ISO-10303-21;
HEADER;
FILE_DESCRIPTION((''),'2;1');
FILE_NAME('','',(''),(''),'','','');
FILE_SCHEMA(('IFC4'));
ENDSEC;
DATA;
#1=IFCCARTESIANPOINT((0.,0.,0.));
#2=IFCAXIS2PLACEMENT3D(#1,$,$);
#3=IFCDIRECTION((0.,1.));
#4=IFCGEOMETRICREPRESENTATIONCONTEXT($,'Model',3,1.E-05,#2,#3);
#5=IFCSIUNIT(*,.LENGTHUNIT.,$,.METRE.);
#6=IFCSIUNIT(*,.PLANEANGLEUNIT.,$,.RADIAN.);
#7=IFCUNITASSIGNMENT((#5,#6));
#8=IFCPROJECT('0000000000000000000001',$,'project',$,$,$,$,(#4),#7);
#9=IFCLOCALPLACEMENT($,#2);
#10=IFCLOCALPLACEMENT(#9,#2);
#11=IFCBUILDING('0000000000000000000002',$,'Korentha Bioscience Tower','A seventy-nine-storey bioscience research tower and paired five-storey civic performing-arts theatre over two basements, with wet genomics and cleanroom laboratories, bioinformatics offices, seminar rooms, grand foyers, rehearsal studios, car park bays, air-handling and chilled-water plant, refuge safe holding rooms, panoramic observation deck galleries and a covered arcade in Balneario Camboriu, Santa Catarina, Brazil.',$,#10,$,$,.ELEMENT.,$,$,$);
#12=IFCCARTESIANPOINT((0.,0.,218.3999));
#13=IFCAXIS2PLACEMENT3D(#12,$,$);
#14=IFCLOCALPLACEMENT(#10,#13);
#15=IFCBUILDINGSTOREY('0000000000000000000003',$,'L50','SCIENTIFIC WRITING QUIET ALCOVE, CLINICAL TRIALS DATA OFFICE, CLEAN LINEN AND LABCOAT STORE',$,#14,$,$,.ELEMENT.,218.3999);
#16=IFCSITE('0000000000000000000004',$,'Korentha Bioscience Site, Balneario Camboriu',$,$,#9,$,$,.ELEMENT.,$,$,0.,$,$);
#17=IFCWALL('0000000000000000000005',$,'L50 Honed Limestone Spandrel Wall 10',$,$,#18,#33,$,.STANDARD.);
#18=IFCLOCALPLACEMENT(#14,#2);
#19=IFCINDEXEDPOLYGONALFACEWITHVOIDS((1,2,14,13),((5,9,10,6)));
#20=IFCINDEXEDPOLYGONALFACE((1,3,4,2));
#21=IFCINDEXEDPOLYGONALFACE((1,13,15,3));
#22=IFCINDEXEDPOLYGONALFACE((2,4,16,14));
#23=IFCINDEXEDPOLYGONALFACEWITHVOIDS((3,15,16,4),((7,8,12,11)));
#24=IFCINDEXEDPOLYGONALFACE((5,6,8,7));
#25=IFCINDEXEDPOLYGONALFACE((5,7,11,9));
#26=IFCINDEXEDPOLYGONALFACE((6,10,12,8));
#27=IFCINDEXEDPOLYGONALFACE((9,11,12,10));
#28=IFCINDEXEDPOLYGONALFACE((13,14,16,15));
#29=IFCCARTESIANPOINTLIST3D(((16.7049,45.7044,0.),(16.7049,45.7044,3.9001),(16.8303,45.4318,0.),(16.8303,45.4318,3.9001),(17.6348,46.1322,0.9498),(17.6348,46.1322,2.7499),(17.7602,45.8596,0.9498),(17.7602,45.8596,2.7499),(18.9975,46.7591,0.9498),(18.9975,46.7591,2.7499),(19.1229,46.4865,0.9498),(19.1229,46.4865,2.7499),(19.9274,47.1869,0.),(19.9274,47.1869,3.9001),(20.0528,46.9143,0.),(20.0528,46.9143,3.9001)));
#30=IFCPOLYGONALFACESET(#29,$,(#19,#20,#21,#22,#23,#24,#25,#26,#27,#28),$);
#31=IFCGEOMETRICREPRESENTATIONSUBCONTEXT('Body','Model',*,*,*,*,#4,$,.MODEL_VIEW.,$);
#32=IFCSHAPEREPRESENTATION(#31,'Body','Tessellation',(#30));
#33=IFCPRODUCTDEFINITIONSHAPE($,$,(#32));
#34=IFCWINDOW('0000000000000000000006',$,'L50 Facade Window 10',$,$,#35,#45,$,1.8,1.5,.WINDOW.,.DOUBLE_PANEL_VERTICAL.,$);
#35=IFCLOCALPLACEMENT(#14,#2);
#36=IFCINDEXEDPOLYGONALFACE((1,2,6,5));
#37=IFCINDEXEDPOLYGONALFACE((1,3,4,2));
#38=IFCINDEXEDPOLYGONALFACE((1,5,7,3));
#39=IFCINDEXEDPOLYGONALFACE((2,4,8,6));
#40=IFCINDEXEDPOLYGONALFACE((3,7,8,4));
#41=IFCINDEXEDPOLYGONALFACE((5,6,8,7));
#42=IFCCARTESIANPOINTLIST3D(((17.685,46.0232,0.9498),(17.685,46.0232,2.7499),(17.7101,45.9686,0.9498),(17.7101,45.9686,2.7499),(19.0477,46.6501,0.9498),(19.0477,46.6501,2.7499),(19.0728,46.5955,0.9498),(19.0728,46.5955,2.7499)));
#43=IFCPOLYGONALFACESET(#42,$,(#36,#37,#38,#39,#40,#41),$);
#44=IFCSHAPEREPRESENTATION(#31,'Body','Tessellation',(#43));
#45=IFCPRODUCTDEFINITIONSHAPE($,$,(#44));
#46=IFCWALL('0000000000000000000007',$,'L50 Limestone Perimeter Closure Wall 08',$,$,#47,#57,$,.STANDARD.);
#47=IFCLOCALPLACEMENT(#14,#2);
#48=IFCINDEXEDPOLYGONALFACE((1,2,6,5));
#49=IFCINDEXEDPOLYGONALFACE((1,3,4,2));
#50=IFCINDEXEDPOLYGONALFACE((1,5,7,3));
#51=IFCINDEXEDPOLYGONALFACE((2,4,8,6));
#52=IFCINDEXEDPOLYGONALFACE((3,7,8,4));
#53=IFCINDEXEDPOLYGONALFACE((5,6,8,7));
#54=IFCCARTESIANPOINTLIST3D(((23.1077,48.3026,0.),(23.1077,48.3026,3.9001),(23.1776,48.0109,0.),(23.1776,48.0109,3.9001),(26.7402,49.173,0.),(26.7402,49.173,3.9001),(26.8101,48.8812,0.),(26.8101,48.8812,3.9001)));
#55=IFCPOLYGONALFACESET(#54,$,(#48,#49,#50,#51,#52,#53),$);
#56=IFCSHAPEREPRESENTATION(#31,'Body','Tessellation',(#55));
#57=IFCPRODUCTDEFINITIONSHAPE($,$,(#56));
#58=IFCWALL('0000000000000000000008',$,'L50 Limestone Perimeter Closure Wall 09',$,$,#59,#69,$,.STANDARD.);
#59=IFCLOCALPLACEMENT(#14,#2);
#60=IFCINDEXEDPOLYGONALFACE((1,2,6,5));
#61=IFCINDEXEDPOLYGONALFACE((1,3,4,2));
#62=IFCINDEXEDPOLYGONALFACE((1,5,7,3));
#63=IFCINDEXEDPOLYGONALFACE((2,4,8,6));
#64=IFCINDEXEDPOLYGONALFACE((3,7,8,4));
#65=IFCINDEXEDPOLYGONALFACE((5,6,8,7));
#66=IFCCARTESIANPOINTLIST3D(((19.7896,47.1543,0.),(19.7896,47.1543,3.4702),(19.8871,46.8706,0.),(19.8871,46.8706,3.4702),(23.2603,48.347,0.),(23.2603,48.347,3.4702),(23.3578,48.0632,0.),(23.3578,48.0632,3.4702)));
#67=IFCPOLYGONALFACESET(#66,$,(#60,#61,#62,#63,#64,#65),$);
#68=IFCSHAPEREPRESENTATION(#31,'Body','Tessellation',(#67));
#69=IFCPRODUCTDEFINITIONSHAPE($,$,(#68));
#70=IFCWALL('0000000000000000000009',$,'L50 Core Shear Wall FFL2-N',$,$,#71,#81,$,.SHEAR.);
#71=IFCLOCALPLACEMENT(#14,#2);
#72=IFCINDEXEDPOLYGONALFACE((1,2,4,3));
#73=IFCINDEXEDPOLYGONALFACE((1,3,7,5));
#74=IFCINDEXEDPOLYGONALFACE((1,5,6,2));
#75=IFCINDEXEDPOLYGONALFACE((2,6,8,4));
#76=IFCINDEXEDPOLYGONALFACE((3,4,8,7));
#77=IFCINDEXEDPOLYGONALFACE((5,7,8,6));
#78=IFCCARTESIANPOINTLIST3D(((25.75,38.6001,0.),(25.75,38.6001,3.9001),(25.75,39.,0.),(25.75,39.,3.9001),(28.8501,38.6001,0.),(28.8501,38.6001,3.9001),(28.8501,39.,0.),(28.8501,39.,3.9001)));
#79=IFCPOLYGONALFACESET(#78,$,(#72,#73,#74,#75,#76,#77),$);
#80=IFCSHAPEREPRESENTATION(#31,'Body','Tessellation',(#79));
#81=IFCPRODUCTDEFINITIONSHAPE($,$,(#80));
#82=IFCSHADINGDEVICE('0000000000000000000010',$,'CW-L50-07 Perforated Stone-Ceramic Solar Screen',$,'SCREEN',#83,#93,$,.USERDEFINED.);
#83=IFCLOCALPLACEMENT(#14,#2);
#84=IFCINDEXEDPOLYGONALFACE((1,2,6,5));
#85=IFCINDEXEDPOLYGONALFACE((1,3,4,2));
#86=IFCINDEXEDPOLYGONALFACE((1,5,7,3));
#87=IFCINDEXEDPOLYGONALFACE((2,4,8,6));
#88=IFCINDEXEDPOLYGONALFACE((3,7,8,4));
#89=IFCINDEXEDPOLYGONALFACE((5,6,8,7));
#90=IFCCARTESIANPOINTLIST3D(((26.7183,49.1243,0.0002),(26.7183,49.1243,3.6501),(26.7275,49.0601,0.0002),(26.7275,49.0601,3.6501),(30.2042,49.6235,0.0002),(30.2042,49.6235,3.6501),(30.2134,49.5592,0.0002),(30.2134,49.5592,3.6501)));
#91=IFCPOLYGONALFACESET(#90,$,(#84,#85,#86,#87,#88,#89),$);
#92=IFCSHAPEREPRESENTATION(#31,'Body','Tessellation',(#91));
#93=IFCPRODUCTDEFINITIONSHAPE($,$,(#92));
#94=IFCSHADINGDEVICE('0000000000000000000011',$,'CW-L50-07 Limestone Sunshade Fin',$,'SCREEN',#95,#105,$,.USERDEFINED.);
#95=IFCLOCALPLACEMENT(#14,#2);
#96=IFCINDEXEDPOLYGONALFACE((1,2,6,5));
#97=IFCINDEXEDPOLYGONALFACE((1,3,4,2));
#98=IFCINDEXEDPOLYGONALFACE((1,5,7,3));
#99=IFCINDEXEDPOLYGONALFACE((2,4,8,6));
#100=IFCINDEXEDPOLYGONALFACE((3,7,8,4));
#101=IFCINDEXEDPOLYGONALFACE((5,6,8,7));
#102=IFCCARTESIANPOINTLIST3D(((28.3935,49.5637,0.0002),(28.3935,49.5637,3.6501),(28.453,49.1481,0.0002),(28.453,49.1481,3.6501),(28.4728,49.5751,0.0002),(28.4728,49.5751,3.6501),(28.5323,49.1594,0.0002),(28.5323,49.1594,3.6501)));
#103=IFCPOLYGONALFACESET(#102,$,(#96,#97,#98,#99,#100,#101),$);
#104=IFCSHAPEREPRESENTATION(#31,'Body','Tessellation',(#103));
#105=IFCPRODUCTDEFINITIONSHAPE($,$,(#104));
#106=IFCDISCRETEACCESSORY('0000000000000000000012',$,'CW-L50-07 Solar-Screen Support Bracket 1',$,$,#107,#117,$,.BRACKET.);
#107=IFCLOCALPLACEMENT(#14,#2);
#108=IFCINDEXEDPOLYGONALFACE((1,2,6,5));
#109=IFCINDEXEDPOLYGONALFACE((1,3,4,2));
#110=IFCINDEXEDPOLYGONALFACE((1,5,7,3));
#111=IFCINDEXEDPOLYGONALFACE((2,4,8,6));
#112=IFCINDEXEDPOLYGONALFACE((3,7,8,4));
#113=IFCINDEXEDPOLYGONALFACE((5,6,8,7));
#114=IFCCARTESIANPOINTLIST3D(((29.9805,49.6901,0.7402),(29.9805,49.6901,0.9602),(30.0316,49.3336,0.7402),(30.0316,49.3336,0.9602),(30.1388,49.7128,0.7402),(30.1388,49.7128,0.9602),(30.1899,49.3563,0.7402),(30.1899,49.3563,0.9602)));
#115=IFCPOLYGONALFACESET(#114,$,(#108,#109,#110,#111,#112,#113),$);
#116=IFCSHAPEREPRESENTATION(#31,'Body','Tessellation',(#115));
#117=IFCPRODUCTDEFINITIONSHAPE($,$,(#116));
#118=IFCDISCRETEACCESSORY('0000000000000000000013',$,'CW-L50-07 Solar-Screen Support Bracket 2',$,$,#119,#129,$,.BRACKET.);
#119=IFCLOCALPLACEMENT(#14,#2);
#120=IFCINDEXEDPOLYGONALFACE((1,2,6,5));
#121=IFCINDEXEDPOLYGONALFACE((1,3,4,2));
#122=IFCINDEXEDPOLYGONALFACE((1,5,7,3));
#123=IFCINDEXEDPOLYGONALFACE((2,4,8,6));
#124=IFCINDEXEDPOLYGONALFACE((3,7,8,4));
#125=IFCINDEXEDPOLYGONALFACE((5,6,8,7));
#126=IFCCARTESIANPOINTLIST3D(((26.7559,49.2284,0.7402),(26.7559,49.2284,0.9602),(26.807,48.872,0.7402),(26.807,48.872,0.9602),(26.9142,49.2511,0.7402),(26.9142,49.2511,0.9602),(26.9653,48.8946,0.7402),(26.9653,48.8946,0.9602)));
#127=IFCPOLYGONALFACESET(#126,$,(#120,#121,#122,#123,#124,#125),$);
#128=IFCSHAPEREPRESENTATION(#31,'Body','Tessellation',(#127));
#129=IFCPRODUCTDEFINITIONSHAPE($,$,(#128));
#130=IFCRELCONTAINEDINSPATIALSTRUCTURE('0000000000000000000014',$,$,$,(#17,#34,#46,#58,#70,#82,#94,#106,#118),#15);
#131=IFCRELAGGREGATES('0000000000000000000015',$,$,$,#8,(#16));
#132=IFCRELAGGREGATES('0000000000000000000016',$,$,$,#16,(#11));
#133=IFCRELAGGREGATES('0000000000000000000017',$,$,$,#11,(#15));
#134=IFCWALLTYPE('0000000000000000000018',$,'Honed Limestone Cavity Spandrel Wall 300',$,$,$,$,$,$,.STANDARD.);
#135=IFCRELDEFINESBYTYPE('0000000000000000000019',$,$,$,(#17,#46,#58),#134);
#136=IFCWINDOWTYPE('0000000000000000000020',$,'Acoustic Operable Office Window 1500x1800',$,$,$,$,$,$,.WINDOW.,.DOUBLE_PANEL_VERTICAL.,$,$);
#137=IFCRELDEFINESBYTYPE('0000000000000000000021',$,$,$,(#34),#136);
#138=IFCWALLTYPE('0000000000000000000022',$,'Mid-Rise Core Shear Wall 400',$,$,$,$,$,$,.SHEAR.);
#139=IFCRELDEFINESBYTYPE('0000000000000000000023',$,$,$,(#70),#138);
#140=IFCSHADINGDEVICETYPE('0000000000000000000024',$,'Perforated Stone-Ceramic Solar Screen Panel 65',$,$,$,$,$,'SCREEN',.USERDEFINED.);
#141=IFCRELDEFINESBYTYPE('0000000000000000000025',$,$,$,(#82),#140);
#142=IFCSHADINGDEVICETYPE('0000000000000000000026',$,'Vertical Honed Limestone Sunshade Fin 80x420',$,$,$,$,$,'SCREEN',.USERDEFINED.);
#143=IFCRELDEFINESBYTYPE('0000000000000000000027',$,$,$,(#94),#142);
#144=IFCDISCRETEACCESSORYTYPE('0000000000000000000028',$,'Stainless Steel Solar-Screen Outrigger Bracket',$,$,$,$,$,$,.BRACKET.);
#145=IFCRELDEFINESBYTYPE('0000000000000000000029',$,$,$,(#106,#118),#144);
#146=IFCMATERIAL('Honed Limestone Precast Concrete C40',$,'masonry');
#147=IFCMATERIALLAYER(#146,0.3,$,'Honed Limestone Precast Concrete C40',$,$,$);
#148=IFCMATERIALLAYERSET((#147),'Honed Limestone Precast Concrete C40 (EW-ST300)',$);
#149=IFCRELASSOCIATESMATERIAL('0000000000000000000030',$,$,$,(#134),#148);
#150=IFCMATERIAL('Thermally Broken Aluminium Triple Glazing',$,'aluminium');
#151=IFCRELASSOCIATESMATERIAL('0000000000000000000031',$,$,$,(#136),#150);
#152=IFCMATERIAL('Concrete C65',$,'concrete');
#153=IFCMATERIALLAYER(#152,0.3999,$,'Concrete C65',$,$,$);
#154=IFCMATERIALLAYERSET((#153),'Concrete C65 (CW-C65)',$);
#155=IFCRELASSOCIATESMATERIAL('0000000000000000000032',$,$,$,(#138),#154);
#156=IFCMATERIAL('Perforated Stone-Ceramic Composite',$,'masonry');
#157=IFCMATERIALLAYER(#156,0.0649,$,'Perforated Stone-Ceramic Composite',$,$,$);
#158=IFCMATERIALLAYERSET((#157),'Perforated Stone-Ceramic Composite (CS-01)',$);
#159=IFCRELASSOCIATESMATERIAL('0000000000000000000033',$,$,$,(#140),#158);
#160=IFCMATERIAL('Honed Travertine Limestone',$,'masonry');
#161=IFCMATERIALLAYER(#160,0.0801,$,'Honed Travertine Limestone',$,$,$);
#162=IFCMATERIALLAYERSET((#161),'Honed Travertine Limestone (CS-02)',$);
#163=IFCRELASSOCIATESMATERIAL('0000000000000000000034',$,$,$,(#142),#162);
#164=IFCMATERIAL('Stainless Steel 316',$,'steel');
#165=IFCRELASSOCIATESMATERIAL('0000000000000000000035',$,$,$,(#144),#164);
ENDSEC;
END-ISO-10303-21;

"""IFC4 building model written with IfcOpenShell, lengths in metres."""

from ifc_helpers import new_model, si_unit, direction, frame, frame_2d, origin, origin_2d, place, context, subcontext, project, spatial, rectangle, extrude, material, layer, layer_set, type_object, element, fill, save


model = new_model("IFC4")

# Units and contexts
model_context = context("Model", 3, precision=1e-05, world=origin(), true_north=direction((0.0, 1.0)))
body_context = subcontext(model_context, "Body", "Model", "MODEL_VIEW")
ifc_project = project(units=[si_unit("LENGTHUNIT", "METRE"), si_unit("PLANEANGLEUNIT", "RADIAN")], contexts=[model_context])

# Site, building, storey
site_placement = place(None, origin())
site = spatial("IfcSite", under=ifc_project, at=site_placement, Name="Korentha Bioscience Site, Balneario Camboriu", CompositionType="ELEMENT", RefElevation=0.0)
building_placement = place(site_placement, origin())
building = spatial("IfcBuilding", under=site, at=building_placement, Name="Korentha Bioscience Tower", Description="A seventy-nine-storey bioscience research tower and paired five-storey civic performing-arts theatre over two basements, with wet genomics and cleanroom laboratories, bioinformatics offices, seminar rooms, grand foyers, rehearsal studios, car park bays, air-handling and chilled-water plant, refuge safe holding rooms, panoramic observation deck galleries and a covered arcade in Balneario Camboriu, Santa Catarina, Brazil.", CompositionType="ELEMENT")
storey_placement = place(building_placement, frame((0.0, 0.0, 218.3999)))
storey = spatial("IfcBuildingStorey", under=building, at=storey_placement, Name="L50", Description="SCIENTIFIC WRITING QUIET ALCOVE, CLINICAL TRIALS DATA OFFICE, CLEAN LINEN AND LABCOAT STORE", CompositionType="ELEMENT", Elevation=218.3999)

# Shared definitions
ifc_material_1 = material(Name="Concrete C65", Category="concrete")

# Wall, opening, window
ifc_material_2 = material(Name="Honed Limestone Precast Concrete C40", Category="masonry")
ifc_layer_1 = layer(ifc_material_2, 0.3, Name="Honed Limestone Precast Concrete C40")
ifc_layer_set_1 = layer_set([ifc_layer_1], Name="Honed Limestone Precast Concrete C40 (EW-ST300)")
wall_type_1 = type_object("IfcWallType", Name="Honed Limestone Cavity Spandrel Wall 300", PredefinedType="STANDARD", material=ifc_layer_set_1)
wall_1_placement = place(storey_placement, frame((19.99, 47.0505, 0.0), z_axis=(0.0, 0.0, 1.0), x_axis=(-0.908478, -0.417932, 0.0)))
wall_1 = element("IfcWall", 1, at=wall_1_placement, inside=storey, type_object=wall_type_1, Name="L50 Honed Limestone Spandrel Wall 10", PredefinedType="STANDARD", context=body_context, shape_type="SweptSolid", body=[
    extrude(rectangle(XDim=3.5471, YDim=0.3, at=frame_2d((1.7734, 0.0))), origin(), (0.0, 0.0, 1.0), 3.9001),
])
opening_1_placement = place(wall_1_placement, frame((1.0234, 0.0, 0.95)))
opening_1 = element("IfcOpeningElement", 2, at=opening_1_placement, cuts=wall_1, PredefinedType="OPENING", context=body_context, shape_type="SweptSolid", body=[
    extrude(rectangle(XDim=1.5, YDim=1.8, at=frame_2d((0.75, 0.8999))), frame((0.0, 0.165, 0.0), z_axis=(0.0, -1.0, 0.0), x_axis=(1.0, 0.0, 0.0)), (0.0, 0.0, 1.0), 0.3298),
])
ifc_material_3 = material(Name="Thermally Broken Aluminium Triple Glazing", Category="aluminium")
window_type = type_object("IfcWindowType", Name="Acoustic Operable Office Window 1500x1800", PartitioningType="DOUBLE_PANEL_VERTICAL", PredefinedType="WINDOW", material=ifc_material_3)
window_placement = place(opening_1_placement, origin())
window = element("IfcWindow", 3, at=window_placement, inside=storey, type_object=window_type, Name="L50 Facade Window 10", OverallHeight=1.8, OverallWidth=1.5, PartitioningType="DOUBLE_PANEL_VERTICAL", PredefinedType="WINDOW", context=body_context, shape_type="SweptSolid", body=[
    extrude(rectangle(XDim=1.5, YDim=1.8, at=frame_2d((0.75, 0.8999))), frame((0.0, 0.03, 0.0), z_axis=(0.0, -1.0, 0.0), x_axis=(1.0, 0.0, 0.0)), (0.0, 0.0, 1.0), 0.0601),
])
fill(opening_1, window)

# Walls
wall_2_placement = place(storey_placement, frame((26.7751, 49.0271, 0.0), z_axis=(0.0, 0.0, 1.0), x_axis=(-0.972476, -0.233005, 0.0)))
element("IfcWall", 4, at=wall_2_placement, inside=storey, type_object=wall_type_1, Name="L50 Limestone Perimeter Closure Wall 08", PredefinedType="STANDARD", context=body_context, shape_type="SweptSolid", body=[
    extrude(rectangle(XDim=3.7354, YDim=0.3, at=frame_2d((1.8677, 0.0))), origin(), (0.0, 0.0, 1.0), 3.9001),
])
wall_3_placement = place(storey_placement, frame((23.3091, 48.2051, 0.0), z_axis=(0.0, 0.0, 1.0), x_axis=(-0.945722, -0.324976, 0.0)))
element("IfcWall", 5, at=wall_3_placement, inside=storey, type_object=wall_type_1, Name="L50 Limestone Perimeter Closure Wall 09", PredefinedType="STANDARD", context=body_context, shape_type="SweptSolid", body=[
    extrude(rectangle(XDim=3.6699, YDim=0.3, at=frame_2d((1.835, 0.0))), origin(), (0.0, 0.0, 1.0), 3.4702),
])
ifc_layer_2 = layer(ifc_material_1, 0.3999, Name="Concrete C65")
ifc_layer_set_2 = layer_set([ifc_layer_2], Name="Concrete C65 (CW-C65)")
wall_type_2 = type_object("IfcWallType", Name="Mid-Rise Core Shear Wall 400", PredefinedType="SHEAR", material=ifc_layer_set_2)
wall_4_placement = place(storey_placement, frame((25.75, 38.8, 0.0), z_axis=(0.0, 0.0, 1.0), x_axis=(1.0, 0.0, 0.0)))
element("IfcWall", 6, at=wall_4_placement, inside=storey, type_object=wall_type_2, Name="L50 Core Shear Wall FFL2-N", PredefinedType="SHEAR", context=body_context, shape_type="SweptSolid", body=[
    extrude(rectangle(XDim=3.1001, YDim=0.3999, at=frame_2d((1.55, 0.0))), origin(), (0.0, 0.0, 1.0), 3.9001),
])

# Shading devices
ifc_material_4 = material(Name="Perforated Stone-Ceramic Composite", Category="masonry")
ifc_layer_3 = layer(ifc_material_4, 0.0649, Name="Perforated Stone-Ceramic Composite")
ifc_layer_set_3 = layer_set([ifc_layer_3], Name="Perforated Stone-Ceramic Composite (CS-01)")
shading_device_type_1 = type_object("IfcShadingDeviceType", Name="Perforated Stone-Ceramic Solar Screen Panel 65", ElementType="SCREEN", PredefinedType="USERDEFINED", material=ifc_layer_set_3)
shading_device_1_placement = place(storey_placement, frame((28.4658, 49.3418, 0.0002), z_axis=(0.0, 0.0, 1.0), x_axis=(-0.989902, -0.141754, 0.0)))
element("IfcShadingDevice", 7, at=shading_device_1_placement, inside=storey, type_object=shading_device_type_1, Name="CW-L50-07 Perforated Stone-Ceramic Solar Screen", ObjectType="SCREEN", PredefinedType="USERDEFINED", context=body_context, shape_type="SweptSolid", body=[
    extrude(rectangle(XDim=3.5215, YDim=0.0649, at=origin_2d()), origin(), (0.0, 0.0, 1.0), 3.6499),
])
ifc_material_5 = material(Name="Honed Travertine Limestone", Category="masonry")
ifc_layer_4 = layer(ifc_material_5, 0.0801, Name="Honed Travertine Limestone")
ifc_layer_set_4 = layer_set([ifc_layer_4], Name="Honed Travertine Limestone (CS-02)")
shading_device_type_2 = type_object("IfcShadingDeviceType", Name="Vertical Honed Limestone Sunshade Fin 80x420", ElementType="SCREEN", PredefinedType="USERDEFINED", material=ifc_layer_set_4)
shading_device_2_placement = place(storey_placement, frame((28.4629, 49.3616, 0.0002), z_axis=(0.0, 0.0, 1.0), x_axis=(-0.989902, -0.141754, 0.0)))
element("IfcShadingDevice", 8, at=shading_device_2_placement, inside=storey, type_object=shading_device_type_2, Name="CW-L50-07 Limestone Sunshade Fin", ObjectType="SCREEN", PredefinedType="USERDEFINED", context=body_context, shape_type="SweptSolid", body=[
    extrude(rectangle(XDim=0.0801, YDim=0.4199, at=origin_2d()), origin(), (0.0, 0.0, 1.0), 3.6499),
])

# Discrete accessories
ifc_material_6 = material(Name="Stainless Steel 316", Category="steel")
discrete_accessory_type = type_object("IfcDiscreteAccessoryType", Name="Stainless Steel Solar-Screen Outrigger Bracket", PredefinedType="BRACKET", material=ifc_material_6)
for number, where, z_axis, x_axis, name in (
    (9, (30.0852, 49.5232, 0.7402), (0.0, 0.0, 1.0), (-0.989902, -0.141754, 0.0), "CW-L50-07 Solar-Screen Support Bracket 1"),
    (10, (26.8606, 49.0615, 0.7402), (0.0, 0.0, 1.0), (-0.989902, -0.141754, 0.0), "CW-L50-07 Solar-Screen Support Bracket 2"),
):
    element("IfcDiscreteAccessory", number, at=place(storey_placement, frame(where, z_axis=z_axis, x_axis=x_axis)), inside=storey, type_object=discrete_accessory_type, Name=name, PredefinedType="BRACKET", context=body_context, shape_type="SweptSolid", body=[
        extrude(rectangle(XDim=0.1599, YDim=0.3601, at=origin_2d()), origin(), (0.0, 0.0, 1.0), 0.22),
    ])

save(model, "model.ifc")
